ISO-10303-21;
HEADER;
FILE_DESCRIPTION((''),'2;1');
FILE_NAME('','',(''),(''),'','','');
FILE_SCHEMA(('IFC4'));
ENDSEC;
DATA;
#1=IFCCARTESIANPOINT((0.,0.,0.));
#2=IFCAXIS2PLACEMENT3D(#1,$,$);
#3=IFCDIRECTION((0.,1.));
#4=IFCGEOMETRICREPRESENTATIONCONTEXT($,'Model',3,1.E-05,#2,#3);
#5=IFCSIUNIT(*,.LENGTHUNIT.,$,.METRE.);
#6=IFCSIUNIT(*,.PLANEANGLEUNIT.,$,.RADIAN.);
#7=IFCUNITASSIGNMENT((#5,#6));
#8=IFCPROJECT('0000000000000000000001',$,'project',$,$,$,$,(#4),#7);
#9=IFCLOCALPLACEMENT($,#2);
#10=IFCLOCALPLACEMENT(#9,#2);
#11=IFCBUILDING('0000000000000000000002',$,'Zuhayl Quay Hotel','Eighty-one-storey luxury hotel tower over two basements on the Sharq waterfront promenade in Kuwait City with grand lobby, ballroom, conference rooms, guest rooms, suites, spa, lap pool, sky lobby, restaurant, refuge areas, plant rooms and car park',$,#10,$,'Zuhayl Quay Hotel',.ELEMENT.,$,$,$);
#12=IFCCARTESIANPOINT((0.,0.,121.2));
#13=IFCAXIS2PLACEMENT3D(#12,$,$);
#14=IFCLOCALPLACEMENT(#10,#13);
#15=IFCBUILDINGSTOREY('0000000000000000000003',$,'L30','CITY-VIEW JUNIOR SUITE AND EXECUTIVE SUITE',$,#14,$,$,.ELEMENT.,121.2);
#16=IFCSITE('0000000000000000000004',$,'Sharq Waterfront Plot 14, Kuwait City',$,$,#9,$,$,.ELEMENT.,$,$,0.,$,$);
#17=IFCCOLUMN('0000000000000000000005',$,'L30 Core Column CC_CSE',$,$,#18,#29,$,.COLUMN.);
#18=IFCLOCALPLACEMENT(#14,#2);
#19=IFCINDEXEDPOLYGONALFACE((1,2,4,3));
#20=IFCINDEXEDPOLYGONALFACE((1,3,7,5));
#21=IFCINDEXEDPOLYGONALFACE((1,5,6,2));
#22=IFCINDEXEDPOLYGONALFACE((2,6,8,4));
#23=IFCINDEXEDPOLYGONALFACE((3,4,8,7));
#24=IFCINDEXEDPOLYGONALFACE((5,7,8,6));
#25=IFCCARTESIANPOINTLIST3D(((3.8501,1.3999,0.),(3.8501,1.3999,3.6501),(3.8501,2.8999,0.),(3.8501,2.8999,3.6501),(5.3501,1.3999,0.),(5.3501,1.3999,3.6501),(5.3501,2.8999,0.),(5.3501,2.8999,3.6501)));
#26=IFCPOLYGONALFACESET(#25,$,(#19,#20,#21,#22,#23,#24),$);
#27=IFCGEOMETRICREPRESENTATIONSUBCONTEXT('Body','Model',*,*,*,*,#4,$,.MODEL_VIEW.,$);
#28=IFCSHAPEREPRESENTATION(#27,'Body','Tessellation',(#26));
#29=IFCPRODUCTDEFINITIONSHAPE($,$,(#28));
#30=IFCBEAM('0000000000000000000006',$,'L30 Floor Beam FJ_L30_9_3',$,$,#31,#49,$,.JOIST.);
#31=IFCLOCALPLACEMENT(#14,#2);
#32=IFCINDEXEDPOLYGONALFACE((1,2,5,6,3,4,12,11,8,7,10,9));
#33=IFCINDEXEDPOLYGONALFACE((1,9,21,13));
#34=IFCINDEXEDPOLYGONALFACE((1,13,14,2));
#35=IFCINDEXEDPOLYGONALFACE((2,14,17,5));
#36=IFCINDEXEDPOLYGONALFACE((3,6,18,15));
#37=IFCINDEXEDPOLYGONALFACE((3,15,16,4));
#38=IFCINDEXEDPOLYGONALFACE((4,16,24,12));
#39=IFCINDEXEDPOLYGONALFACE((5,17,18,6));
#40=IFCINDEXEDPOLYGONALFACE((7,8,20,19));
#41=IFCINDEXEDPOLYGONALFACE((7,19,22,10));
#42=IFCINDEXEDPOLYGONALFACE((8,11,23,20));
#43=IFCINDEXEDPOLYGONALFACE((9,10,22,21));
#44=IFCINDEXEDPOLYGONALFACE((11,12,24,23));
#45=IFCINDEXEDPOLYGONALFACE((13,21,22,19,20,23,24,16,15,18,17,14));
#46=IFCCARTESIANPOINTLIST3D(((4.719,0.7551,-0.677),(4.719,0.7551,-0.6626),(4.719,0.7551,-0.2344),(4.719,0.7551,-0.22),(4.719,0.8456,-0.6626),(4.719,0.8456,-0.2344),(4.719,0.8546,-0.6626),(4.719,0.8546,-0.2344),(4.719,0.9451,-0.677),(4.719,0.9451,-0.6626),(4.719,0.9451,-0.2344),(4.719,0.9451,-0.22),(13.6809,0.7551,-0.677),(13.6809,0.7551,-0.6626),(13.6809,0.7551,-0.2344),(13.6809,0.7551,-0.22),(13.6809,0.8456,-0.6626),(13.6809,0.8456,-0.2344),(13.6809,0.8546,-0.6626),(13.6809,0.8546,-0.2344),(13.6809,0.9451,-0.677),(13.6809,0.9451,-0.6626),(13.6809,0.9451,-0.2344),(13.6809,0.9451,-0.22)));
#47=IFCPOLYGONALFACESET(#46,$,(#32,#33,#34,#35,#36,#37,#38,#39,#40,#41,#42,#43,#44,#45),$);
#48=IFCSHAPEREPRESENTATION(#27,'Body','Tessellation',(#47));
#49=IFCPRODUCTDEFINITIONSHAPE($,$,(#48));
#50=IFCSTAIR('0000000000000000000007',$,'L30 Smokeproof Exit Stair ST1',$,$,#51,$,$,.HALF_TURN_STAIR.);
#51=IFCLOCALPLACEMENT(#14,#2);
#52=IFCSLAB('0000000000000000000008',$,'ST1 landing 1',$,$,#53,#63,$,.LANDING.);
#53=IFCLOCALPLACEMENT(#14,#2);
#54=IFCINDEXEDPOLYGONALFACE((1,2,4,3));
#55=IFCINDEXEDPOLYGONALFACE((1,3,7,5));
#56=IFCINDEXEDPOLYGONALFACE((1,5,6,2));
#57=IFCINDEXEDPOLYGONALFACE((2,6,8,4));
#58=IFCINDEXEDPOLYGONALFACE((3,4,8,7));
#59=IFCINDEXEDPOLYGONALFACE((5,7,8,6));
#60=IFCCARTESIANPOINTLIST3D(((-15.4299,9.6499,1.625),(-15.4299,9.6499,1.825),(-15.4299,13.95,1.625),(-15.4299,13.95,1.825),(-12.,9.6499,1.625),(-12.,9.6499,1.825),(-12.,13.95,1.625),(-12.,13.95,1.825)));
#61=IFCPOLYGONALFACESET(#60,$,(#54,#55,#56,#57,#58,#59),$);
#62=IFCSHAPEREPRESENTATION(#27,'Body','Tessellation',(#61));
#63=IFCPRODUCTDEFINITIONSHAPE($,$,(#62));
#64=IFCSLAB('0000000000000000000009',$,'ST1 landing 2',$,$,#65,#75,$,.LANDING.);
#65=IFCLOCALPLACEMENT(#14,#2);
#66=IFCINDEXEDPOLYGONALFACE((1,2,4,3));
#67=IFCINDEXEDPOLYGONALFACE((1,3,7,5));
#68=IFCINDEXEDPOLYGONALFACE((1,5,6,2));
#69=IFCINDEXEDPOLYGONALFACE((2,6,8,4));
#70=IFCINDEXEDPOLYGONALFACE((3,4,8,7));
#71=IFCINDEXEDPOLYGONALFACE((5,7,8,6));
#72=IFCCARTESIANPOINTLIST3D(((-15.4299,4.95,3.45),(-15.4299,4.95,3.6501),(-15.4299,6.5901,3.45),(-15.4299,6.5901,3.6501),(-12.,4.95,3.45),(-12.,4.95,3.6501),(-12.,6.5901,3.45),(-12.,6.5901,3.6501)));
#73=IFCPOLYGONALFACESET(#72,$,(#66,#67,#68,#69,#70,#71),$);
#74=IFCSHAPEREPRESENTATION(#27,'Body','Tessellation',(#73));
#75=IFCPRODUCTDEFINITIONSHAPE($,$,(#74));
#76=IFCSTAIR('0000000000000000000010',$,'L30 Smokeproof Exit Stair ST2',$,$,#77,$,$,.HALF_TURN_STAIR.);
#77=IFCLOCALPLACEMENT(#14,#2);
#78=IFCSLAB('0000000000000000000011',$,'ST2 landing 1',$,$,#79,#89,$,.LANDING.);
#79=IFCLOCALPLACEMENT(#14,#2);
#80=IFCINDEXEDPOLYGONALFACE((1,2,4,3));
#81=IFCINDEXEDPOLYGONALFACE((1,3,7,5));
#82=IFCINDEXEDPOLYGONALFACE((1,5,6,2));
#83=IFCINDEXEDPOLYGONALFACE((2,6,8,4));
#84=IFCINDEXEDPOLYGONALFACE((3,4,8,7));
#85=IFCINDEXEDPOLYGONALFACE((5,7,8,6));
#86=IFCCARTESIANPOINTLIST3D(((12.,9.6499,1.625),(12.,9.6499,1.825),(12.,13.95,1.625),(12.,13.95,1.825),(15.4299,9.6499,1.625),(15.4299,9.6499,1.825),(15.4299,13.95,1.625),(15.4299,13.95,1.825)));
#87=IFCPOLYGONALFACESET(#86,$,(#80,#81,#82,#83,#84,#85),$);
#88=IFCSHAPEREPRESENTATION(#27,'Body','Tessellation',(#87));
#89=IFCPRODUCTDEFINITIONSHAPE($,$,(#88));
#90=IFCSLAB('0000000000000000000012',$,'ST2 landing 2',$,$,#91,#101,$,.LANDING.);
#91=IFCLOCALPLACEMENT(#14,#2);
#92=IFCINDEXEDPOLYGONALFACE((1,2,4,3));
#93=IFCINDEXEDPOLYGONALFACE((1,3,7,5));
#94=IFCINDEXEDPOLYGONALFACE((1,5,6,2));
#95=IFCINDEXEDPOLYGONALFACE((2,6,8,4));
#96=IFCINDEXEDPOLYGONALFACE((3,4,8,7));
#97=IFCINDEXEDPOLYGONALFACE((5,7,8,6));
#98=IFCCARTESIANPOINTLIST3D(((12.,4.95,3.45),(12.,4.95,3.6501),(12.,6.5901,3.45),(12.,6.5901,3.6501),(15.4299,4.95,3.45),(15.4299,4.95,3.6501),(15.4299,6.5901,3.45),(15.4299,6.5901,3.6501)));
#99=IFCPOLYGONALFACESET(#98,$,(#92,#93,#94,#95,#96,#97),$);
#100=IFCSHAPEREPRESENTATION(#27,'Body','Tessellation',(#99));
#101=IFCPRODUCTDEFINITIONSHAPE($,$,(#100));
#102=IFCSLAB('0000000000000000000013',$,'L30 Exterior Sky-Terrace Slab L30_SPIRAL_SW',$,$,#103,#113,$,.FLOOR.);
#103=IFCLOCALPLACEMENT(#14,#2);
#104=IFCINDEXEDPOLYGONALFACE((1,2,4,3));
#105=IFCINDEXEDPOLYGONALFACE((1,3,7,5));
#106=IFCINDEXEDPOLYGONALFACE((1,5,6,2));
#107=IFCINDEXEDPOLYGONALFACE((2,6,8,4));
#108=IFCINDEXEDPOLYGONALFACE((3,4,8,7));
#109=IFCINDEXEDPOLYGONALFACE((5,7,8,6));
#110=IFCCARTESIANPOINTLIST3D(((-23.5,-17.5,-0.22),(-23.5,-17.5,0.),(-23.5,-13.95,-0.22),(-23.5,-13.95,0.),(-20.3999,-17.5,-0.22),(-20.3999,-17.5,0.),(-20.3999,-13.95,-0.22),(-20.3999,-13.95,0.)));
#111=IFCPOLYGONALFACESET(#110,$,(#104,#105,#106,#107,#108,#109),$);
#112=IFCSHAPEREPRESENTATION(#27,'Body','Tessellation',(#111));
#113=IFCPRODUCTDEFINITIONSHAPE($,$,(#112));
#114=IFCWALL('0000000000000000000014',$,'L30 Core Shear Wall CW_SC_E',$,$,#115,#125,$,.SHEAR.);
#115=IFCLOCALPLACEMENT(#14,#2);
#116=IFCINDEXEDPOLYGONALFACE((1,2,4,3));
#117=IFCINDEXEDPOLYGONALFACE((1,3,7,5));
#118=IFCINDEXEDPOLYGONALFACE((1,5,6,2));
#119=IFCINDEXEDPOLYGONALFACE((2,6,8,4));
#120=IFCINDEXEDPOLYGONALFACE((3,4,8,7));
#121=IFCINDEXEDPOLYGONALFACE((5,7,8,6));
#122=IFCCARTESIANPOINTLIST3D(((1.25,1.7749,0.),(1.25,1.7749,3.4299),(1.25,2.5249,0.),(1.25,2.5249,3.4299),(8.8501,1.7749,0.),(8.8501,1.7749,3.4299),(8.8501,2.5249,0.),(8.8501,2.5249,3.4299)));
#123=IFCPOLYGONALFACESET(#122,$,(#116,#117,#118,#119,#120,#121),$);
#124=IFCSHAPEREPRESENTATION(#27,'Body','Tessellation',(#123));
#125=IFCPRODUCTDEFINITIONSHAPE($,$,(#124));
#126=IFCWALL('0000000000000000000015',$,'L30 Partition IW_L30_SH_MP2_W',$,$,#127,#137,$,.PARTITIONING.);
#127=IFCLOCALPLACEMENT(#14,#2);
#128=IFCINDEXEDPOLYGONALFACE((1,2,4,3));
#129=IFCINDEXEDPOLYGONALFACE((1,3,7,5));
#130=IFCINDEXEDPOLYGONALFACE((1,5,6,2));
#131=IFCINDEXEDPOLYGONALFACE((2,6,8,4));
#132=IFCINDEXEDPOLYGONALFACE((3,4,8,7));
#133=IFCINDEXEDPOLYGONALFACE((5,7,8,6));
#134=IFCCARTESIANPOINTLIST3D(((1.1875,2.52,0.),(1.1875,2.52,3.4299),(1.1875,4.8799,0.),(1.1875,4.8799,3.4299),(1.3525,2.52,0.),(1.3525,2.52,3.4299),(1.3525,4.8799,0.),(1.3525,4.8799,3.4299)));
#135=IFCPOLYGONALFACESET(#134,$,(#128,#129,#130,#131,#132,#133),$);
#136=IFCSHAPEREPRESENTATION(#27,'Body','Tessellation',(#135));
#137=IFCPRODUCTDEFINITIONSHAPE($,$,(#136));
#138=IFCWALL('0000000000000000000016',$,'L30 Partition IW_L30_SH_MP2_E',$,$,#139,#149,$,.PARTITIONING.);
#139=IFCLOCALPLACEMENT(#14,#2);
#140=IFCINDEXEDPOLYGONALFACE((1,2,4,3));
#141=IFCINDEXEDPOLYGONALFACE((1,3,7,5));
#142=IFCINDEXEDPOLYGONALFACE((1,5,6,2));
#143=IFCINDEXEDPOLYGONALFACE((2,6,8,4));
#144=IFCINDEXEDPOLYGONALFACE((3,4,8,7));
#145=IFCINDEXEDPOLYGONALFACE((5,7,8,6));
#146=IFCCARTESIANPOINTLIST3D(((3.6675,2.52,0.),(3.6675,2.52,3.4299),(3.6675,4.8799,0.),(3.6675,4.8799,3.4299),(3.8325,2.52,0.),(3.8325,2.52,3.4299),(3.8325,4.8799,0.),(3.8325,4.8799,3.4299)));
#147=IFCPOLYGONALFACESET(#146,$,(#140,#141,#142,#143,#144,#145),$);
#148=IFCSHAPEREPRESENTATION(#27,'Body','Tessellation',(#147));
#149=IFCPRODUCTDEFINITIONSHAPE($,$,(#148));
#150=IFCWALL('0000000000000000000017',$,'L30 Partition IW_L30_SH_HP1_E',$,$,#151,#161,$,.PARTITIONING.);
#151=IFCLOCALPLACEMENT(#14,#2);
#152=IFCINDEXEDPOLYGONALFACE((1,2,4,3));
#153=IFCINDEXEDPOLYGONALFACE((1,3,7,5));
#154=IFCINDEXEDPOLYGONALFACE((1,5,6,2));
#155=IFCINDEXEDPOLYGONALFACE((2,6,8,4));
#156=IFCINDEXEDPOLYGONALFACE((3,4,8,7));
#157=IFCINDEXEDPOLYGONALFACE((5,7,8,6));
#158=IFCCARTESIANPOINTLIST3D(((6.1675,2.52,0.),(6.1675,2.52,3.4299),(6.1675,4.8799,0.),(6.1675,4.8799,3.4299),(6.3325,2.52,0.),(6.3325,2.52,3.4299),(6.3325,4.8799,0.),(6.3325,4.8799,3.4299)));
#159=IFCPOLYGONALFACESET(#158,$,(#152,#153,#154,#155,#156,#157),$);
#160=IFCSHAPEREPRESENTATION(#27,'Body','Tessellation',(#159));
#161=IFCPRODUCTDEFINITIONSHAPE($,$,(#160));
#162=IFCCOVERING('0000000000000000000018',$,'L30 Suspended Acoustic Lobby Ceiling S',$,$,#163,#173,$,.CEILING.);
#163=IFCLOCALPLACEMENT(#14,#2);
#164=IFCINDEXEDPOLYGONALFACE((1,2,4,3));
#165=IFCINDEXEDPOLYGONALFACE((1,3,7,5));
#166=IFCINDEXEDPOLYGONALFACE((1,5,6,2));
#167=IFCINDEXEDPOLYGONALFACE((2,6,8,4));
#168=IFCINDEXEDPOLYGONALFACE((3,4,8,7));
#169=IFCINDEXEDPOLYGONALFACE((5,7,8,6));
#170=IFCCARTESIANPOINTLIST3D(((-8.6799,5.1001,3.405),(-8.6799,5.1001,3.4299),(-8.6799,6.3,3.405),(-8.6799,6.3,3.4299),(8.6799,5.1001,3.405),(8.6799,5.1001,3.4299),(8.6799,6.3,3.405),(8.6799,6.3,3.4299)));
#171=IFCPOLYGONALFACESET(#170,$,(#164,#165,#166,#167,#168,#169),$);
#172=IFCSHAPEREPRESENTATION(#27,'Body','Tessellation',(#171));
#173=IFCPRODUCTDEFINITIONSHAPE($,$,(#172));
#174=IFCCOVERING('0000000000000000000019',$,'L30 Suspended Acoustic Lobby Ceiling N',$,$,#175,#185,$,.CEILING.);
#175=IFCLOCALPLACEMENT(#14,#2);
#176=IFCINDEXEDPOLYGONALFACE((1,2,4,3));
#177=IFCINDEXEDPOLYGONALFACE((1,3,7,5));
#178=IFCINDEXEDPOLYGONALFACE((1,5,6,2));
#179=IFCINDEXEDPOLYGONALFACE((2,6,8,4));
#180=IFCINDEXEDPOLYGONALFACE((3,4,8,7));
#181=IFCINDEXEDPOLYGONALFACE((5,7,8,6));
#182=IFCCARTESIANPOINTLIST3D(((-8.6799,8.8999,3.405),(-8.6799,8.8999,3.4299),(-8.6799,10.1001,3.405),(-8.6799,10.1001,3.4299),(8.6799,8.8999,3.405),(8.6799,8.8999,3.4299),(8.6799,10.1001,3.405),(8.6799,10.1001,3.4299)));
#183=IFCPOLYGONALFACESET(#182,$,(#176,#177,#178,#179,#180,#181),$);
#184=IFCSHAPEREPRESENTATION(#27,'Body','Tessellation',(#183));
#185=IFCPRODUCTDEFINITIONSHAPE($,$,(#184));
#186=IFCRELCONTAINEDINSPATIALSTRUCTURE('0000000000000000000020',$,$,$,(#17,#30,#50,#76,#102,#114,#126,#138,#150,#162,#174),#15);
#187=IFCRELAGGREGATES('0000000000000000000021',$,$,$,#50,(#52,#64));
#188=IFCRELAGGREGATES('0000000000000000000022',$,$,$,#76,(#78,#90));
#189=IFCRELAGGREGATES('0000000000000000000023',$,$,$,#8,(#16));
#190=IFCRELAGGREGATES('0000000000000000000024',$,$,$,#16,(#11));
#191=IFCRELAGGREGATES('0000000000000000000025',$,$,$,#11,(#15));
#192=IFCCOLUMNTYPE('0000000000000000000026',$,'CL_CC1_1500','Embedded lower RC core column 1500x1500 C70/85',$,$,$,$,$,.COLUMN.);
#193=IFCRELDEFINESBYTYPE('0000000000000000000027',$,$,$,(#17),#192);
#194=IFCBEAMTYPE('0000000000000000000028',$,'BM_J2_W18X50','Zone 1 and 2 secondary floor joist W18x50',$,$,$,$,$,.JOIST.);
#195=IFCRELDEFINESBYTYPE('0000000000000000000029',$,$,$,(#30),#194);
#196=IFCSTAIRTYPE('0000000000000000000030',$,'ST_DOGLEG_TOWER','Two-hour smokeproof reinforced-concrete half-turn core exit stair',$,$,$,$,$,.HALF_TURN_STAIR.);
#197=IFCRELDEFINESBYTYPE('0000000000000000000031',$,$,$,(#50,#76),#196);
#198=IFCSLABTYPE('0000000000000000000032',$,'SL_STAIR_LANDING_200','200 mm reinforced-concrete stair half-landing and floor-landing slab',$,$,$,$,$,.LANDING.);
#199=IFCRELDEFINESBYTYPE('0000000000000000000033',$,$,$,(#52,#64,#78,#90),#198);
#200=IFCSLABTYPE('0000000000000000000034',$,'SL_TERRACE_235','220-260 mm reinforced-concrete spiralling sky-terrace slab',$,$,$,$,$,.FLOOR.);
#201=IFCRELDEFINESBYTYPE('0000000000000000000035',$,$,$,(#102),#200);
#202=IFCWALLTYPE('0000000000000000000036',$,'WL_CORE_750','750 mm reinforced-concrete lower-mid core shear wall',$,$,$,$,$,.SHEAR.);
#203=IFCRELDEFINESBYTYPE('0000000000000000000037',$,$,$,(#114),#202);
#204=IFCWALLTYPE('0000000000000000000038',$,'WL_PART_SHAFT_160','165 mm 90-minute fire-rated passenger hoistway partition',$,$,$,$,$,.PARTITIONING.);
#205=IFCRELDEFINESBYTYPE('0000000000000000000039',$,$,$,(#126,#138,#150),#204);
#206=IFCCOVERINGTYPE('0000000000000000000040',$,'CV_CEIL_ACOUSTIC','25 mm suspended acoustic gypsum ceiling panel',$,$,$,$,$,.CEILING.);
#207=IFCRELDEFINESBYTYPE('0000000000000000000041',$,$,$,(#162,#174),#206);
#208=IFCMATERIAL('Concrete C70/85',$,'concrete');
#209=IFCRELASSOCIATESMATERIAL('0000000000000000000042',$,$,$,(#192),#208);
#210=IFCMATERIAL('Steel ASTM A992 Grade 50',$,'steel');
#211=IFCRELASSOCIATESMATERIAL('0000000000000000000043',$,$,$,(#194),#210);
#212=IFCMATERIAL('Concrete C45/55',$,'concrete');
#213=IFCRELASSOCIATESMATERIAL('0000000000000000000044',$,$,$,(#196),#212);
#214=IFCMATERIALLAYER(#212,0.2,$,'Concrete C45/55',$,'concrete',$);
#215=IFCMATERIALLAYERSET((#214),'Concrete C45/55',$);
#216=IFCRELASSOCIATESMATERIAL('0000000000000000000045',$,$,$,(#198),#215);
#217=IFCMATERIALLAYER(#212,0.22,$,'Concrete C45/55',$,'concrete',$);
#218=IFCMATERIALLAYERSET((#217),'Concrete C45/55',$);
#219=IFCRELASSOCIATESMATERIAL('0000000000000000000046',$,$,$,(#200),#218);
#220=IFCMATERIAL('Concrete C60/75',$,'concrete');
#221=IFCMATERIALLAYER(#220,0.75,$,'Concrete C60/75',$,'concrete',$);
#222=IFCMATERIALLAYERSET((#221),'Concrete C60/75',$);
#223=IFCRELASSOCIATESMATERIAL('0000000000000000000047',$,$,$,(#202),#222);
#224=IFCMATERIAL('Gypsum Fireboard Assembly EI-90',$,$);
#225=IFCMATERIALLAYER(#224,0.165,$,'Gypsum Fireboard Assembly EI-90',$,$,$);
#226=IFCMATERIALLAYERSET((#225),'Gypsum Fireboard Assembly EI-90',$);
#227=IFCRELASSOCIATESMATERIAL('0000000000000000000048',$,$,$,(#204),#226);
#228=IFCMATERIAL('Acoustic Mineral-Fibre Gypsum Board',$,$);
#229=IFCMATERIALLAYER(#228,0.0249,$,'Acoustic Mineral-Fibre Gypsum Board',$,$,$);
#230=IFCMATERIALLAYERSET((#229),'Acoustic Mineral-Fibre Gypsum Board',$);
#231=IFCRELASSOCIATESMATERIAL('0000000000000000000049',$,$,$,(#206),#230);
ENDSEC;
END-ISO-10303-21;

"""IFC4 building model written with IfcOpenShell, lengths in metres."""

from ifc_helpers import new_model, si_unit, direction, frame, frame_2d, origin, origin_2d, place, context, subcontext, project, spatial, polyline, rectangle, i_section, outline, extrude, material, layer, layer_set, material_profile, profile_set, type_object, element, aggregate, save


model = new_model("IFC4")

# Units and contexts
model_context = context("Model", 3, precision=1e-05, world=origin(), true_north=direction((0.0, 1.0)))
body_context = subcontext(model_context, "Body", "Model", "MODEL_VIEW")
ifc_project = project(units=[si_unit("LENGTHUNIT", "METRE"), si_unit("PLANEANGLEUNIT", "RADIAN")], contexts=[model_context])

# Site, building, storey
site_placement = place(None, origin())
site = spatial("IfcSite", under=ifc_project, at=site_placement, Name="Sharq Waterfront Plot 14, Kuwait City", CompositionType="ELEMENT", RefElevation=0.0)
building_placement = place(site_placement, origin())
building = spatial("IfcBuilding", under=site, at=building_placement, Name="Zuhayl Quay Hotel", Description="Eighty-one-storey luxury hotel tower over two basements on the Sharq waterfront promenade in Kuwait City with grand lobby, ballroom, conference rooms, guest rooms, suites, spa, lap pool, sky lobby, restaurant, refuge areas, plant rooms and car park", LongName="Zuhayl Quay Hotel", CompositionType="ELEMENT")
storey_placement = place(building_placement, frame((0.0, 0.0, 121.2)))
storey = spatial("IfcBuildingStorey", under=building, at=storey_placement, Name="L30", Description="CITY-VIEW JUNIOR SUITE AND EXECUTIVE SUITE", CompositionType="ELEMENT", Elevation=121.2)

# Column
ifc_material_1 = material(Name="Concrete C70/85", Category="concrete")
ifc_material_profile_1 = material_profile(ifc_material_1, rectangle(XDim=1.5, YDim=1.5, at=origin_2d()), Name="RC1500X1500")
ifc_profile_set_1 = profile_set([ifc_material_profile_1], Name="Concrete C70/85")
column_type = type_object("IfcColumnType", Name="CL_CC1_1500", Description="Embedded lower RC core column 1500x1500 C70/85", PredefinedType="COLUMN", material=ifc_profile_set_1)
column_placement = place(storey_placement, frame((4.6001, 2.1499, 0.0), z_axis=(0.0, 0.0, 1.0), x_axis=(1.0, 0.0, 0.0)))
element("IfcColumn", 1, at=column_placement, inside=storey, type_object=column_type, Name="L30 Core Column CC_CSE", PredefinedType="COLUMN", context=body_context, shape_type="SweptSolid", body=[
    extrude(rectangle(XDim=1.5, YDim=1.5, at=origin_2d()), origin(), (0.0, 0.0, 1.0), 3.6501),
])

# Beam
ifc_material_2 = material(Name="Steel ASTM A992 Grade 50", Category="steel")
ifc_material_profile_2 = material_profile(ifc_material_2, i_section(OverallWidth=0.1899, OverallDepth=0.457, WebThickness=0.009, FlangeThickness=0.0144, at=origin_2d()), Name="W18X50")
ifc_profile_set_2 = profile_set([ifc_material_profile_2], Name="Steel ASTM A992 Grade 50")
beam_type = type_object("IfcBeamType", Name="BM_J2_W18X50", Description="Zone 1 and 2 secondary floor joist W18x50", PredefinedType="JOIST", material=ifc_profile_set_2)
beam_placement = place(storey_placement, frame((4.719, 0.8501, -0.4485), z_axis=(1.0, 0.0, 0.0), x_axis=(0.0, 1.0, 0.0)))
element("IfcBeam", 2, at=beam_placement, inside=storey, type_object=beam_type, Name="L30 Floor Beam FJ_L30_9_3", PredefinedType="JOIST", context=body_context, shape_type="SweptSolid", body=[
    extrude(i_section(OverallWidth=0.1899, OverallDepth=0.457, WebThickness=0.009, FlangeThickness=0.0144, at=origin_2d()), origin(), (0.0, 0.0, 1.0), 8.9619),
])

# Stairs, slabs
ifc_material_3 = material(Name="Concrete C45/55", Category="concrete")
stair_type = type_object("IfcStairType", Name="ST_DOGLEG_TOWER", Description="Two-hour smokeproof reinforced-concrete half-turn core exit stair", PredefinedType="HALF_TURN_STAIR", material=ifc_material_3)
stair_1_placement = place(storey_placement, origin())
stair_1 = element("IfcStair", 3, at=stair_1_placement, inside=storey, type_object=stair_type, Name="L30 Smokeproof Exit Stair ST1", PredefinedType="HALF_TURN_STAIR")
ifc_layer_1 = layer(ifc_material_3, 0.2, Name="Concrete C45/55", Category="concrete")
ifc_layer_set_1 = layer_set([ifc_layer_1], Name="Concrete C45/55")
slab_type_1 = type_object("IfcSlabType", Name="SL_STAIR_LANDING_200", Description="200 mm reinforced-concrete stair half-landing and floor-landing slab", PredefinedType="LANDING", material=ifc_layer_set_1)
slab_1_placement = place(storey_placement, frame((0.0, 0.0, 1.625)))
slab_1 = element("IfcSlab", 4, at=slab_1_placement, type_object=slab_type_1, Name="ST1 landing 1", PredefinedType="LANDING", context=body_context, shape_type="SweptSolid", body=[
    extrude(outline(polyline([(-12.0, 9.6499), (-12.0, 13.95), (-15.4299, 13.95), (-15.4299, 9.6499), (-12.0, 9.6499)])), origin(), (0.0, 0.0, 1.0), 0.2),
])
slab_2_placement = place(storey_placement, frame((0.0, 0.0, 3.45)))
slab_2 = element("IfcSlab", 5, at=slab_2_placement, type_object=slab_type_1, Name="ST1 landing 2", PredefinedType="LANDING", context=body_context, shape_type="SweptSolid", body=[
    extrude(outline(polyline([(-12.0, 4.95), (-12.0, 6.5901), (-15.4299, 6.5901), (-15.4299, 4.95), (-12.0, 4.95)])), origin(), (0.0, 0.0, 1.0), 0.2002),
])
aggregate(stair_1, [slab_1, slab_2])
stair_2_placement = place(storey_placement, origin())
stair_2 = element("IfcStair", 6, at=stair_2_placement, inside=storey, type_object=stair_type, Name="L30 Smokeproof Exit Stair ST2", PredefinedType="HALF_TURN_STAIR")
slab_3_placement = place(storey_placement, frame((0.0, 0.0, 1.625)))
slab_3 = element("IfcSlab", 7, at=slab_3_placement, type_object=slab_type_1, Name="ST2 landing 1", PredefinedType="LANDING", context=body_context, shape_type="SweptSolid", body=[
    extrude(outline(polyline([(15.4299, 9.6499), (15.4299, 13.95), (12.0, 13.95), (12.0, 9.6499), (15.4299, 9.6499)])), origin(), (0.0, 0.0, 1.0), 0.2),
])
slab_4_placement = place(storey_placement, frame((0.0, 0.0, 3.45)))
slab_4 = element("IfcSlab", 8, at=slab_4_placement, type_object=slab_type_1, Name="ST2 landing 2", PredefinedType="LANDING", context=body_context, shape_type="SweptSolid", body=[
    extrude(outline(polyline([(15.4299, 4.95), (15.4299, 6.5901), (12.0, 6.5901), (12.0, 4.95), (15.4299, 4.95)])), origin(), (0.0, 0.0, 1.0), 0.2002),
])
aggregate(stair_2, [slab_3, slab_4])

# Slab
ifc_layer_2 = layer(ifc_material_3, 0.22, Name="Concrete C45/55", Category="concrete")
ifc_layer_set_2 = layer_set([ifc_layer_2], Name="Concrete C45/55")
slab_type_2 = type_object("IfcSlabType", Name="SL_TERRACE_235", Description="220-260 mm reinforced-concrete spiralling sky-terrace slab", PredefinedType="FLOOR", material=ifc_layer_set_2)
slab_5_placement = place(storey_placement, frame((0.0, 0.0, -0.22)))
element("IfcSlab", 9, at=slab_5_placement, inside=storey, type_object=slab_type_2, Name="L30 Exterior Sky-Terrace Slab L30_SPIRAL_SW", PredefinedType="FLOOR", context=body_context, shape_type="SweptSolid", body=[
    extrude(outline(polyline([(-23.5, -17.5), (-20.3999, -17.5), (-20.3999, -13.95), (-23.5, -13.95), (-23.5, -17.5)])), origin(), (0.0, 0.0, 1.0), 0.22),
])

# Walls
ifc_material_4 = material(Name="Concrete C60/75", Category="concrete")
ifc_layer_3 = layer(ifc_material_4, 0.75, Name="Concrete C60/75", Category="concrete")
ifc_layer_set_3 = layer_set([ifc_layer_3], Name="Concrete C60/75")
wall_type_1 = type_object("IfcWallType", Name="WL_CORE_750", Description="750 mm reinforced-concrete lower-mid core shear wall", PredefinedType="SHEAR", material=ifc_layer_set_3)
wall_placement = place(storey_placement, frame((1.25, 2.1499, 0.0), z_axis=(0.0, 0.0, 1.0), x_axis=(1.0, 0.0, 0.0)))
element("IfcWall", 10, at=wall_placement, inside=storey, type_object=wall_type_1, Name="L30 Core Shear Wall CW_SC_E", PredefinedType="SHEAR", context=body_context, shape_type="SweptSolid", body=[
    extrude(rectangle(XDim=7.6001, YDim=0.75, at=frame_2d((3.8, 0.0))), origin(), (0.0, 0.0, 1.0), 3.4299),
])
ifc_material_5 = material(Name="Gypsum Fireboard Assembly EI-90")
ifc_layer_4 = layer(ifc_material_5, 0.165, Name="Gypsum Fireboard Assembly EI-90")
ifc_layer_set_4 = layer_set([ifc_layer_4], Name="Gypsum Fireboard Assembly EI-90")
wall_type_2 = type_object("IfcWallType", Name="WL_PART_SHAFT_160", Description="165 mm 90-minute fire-rated passenger hoistway partition", PredefinedType="PARTITIONING", material=ifc_layer_set_4)
for number, where, z_axis, x_axis, name in (
    (11, (1.27, 2.52, 0.0), (0.0, 0.0, 1.0), (0.0, 1.0, 0.0), "L30 Partition IW_L30_SH_MP2_W"),
    (12, (3.75, 2.52, 0.0), (0.0, 0.0, 1.0), (0.0, 1.0, 0.0), "L30 Partition IW_L30_SH_MP2_E"),
    (13, (6.25, 2.52, 0.0), (0.0, 0.0, 1.0), (0.0, 1.0, 0.0), "L30 Partition IW_L30_SH_HP1_E"),
):
    element("IfcWall", number, at=place(storey_placement, frame(where, z_axis=z_axis, x_axis=x_axis)), inside=storey, type_object=wall_type_2, Name=name, PredefinedType="PARTITIONING", context=body_context, shape_type="SweptSolid", body=[
        extrude(rectangle(XDim=2.3599, YDim=0.165, at=frame_2d((1.1799, 0.0))), origin(), (0.0, 0.0, 1.0), 3.4299),
    ])

# Coverings
ifc_material_6 = material(Name="Acoustic Mineral-Fibre Gypsum Board")
ifc_layer_5 = layer(ifc_material_6, 0.0249, Name="Acoustic Mineral-Fibre Gypsum Board")
ifc_layer_set_5 = layer_set([ifc_layer_5], Name="Acoustic Mineral-Fibre Gypsum Board")
covering_type_1 = type_object("IfcCoveringType", Name="CV_CEIL_ACOUSTIC", Description="25 mm suspended acoustic gypsum ceiling panel", PredefinedType="CEILING", material=ifc_layer_set_5)
covering_1_placement = place(storey_placement, frame((0.0, 0.0, 3.405)))
element("IfcCovering", 14, at=covering_1_placement, inside=storey, type_object=covering_type_1, Name="L30 Suspended Acoustic Lobby Ceiling S", PredefinedType="CEILING", context=body_context, shape_type="SweptSolid", body=[
    extrude(outline(polyline([(-8.6799, 5.1001), (8.6799, 5.1001), (8.6799, 6.3), (-8.6799, 6.3), (-8.6799, 5.1001)])), origin(), (0.0, 0.0, 1.0), 0.0249),
])
covering_2_placement = place(storey_placement, frame((0.0, 0.0, 3.405)))
element("IfcCovering", 15, at=covering_2_placement, inside=storey, type_object=covering_type_1, Name="L30 Suspended Acoustic Lobby Ceiling N", PredefinedType="CEILING", context=body_context, shape_type="SweptSolid", body=[
    extrude(outline(polyline([(-8.6799, 8.8999), (8.6799, 8.8999), (8.6799, 10.1001), (-8.6799, 10.1001), (-8.6799, 8.8999)])), origin(), (0.0, 0.0, 1.0), 0.0249),
])

save(model, "model.ifc")
